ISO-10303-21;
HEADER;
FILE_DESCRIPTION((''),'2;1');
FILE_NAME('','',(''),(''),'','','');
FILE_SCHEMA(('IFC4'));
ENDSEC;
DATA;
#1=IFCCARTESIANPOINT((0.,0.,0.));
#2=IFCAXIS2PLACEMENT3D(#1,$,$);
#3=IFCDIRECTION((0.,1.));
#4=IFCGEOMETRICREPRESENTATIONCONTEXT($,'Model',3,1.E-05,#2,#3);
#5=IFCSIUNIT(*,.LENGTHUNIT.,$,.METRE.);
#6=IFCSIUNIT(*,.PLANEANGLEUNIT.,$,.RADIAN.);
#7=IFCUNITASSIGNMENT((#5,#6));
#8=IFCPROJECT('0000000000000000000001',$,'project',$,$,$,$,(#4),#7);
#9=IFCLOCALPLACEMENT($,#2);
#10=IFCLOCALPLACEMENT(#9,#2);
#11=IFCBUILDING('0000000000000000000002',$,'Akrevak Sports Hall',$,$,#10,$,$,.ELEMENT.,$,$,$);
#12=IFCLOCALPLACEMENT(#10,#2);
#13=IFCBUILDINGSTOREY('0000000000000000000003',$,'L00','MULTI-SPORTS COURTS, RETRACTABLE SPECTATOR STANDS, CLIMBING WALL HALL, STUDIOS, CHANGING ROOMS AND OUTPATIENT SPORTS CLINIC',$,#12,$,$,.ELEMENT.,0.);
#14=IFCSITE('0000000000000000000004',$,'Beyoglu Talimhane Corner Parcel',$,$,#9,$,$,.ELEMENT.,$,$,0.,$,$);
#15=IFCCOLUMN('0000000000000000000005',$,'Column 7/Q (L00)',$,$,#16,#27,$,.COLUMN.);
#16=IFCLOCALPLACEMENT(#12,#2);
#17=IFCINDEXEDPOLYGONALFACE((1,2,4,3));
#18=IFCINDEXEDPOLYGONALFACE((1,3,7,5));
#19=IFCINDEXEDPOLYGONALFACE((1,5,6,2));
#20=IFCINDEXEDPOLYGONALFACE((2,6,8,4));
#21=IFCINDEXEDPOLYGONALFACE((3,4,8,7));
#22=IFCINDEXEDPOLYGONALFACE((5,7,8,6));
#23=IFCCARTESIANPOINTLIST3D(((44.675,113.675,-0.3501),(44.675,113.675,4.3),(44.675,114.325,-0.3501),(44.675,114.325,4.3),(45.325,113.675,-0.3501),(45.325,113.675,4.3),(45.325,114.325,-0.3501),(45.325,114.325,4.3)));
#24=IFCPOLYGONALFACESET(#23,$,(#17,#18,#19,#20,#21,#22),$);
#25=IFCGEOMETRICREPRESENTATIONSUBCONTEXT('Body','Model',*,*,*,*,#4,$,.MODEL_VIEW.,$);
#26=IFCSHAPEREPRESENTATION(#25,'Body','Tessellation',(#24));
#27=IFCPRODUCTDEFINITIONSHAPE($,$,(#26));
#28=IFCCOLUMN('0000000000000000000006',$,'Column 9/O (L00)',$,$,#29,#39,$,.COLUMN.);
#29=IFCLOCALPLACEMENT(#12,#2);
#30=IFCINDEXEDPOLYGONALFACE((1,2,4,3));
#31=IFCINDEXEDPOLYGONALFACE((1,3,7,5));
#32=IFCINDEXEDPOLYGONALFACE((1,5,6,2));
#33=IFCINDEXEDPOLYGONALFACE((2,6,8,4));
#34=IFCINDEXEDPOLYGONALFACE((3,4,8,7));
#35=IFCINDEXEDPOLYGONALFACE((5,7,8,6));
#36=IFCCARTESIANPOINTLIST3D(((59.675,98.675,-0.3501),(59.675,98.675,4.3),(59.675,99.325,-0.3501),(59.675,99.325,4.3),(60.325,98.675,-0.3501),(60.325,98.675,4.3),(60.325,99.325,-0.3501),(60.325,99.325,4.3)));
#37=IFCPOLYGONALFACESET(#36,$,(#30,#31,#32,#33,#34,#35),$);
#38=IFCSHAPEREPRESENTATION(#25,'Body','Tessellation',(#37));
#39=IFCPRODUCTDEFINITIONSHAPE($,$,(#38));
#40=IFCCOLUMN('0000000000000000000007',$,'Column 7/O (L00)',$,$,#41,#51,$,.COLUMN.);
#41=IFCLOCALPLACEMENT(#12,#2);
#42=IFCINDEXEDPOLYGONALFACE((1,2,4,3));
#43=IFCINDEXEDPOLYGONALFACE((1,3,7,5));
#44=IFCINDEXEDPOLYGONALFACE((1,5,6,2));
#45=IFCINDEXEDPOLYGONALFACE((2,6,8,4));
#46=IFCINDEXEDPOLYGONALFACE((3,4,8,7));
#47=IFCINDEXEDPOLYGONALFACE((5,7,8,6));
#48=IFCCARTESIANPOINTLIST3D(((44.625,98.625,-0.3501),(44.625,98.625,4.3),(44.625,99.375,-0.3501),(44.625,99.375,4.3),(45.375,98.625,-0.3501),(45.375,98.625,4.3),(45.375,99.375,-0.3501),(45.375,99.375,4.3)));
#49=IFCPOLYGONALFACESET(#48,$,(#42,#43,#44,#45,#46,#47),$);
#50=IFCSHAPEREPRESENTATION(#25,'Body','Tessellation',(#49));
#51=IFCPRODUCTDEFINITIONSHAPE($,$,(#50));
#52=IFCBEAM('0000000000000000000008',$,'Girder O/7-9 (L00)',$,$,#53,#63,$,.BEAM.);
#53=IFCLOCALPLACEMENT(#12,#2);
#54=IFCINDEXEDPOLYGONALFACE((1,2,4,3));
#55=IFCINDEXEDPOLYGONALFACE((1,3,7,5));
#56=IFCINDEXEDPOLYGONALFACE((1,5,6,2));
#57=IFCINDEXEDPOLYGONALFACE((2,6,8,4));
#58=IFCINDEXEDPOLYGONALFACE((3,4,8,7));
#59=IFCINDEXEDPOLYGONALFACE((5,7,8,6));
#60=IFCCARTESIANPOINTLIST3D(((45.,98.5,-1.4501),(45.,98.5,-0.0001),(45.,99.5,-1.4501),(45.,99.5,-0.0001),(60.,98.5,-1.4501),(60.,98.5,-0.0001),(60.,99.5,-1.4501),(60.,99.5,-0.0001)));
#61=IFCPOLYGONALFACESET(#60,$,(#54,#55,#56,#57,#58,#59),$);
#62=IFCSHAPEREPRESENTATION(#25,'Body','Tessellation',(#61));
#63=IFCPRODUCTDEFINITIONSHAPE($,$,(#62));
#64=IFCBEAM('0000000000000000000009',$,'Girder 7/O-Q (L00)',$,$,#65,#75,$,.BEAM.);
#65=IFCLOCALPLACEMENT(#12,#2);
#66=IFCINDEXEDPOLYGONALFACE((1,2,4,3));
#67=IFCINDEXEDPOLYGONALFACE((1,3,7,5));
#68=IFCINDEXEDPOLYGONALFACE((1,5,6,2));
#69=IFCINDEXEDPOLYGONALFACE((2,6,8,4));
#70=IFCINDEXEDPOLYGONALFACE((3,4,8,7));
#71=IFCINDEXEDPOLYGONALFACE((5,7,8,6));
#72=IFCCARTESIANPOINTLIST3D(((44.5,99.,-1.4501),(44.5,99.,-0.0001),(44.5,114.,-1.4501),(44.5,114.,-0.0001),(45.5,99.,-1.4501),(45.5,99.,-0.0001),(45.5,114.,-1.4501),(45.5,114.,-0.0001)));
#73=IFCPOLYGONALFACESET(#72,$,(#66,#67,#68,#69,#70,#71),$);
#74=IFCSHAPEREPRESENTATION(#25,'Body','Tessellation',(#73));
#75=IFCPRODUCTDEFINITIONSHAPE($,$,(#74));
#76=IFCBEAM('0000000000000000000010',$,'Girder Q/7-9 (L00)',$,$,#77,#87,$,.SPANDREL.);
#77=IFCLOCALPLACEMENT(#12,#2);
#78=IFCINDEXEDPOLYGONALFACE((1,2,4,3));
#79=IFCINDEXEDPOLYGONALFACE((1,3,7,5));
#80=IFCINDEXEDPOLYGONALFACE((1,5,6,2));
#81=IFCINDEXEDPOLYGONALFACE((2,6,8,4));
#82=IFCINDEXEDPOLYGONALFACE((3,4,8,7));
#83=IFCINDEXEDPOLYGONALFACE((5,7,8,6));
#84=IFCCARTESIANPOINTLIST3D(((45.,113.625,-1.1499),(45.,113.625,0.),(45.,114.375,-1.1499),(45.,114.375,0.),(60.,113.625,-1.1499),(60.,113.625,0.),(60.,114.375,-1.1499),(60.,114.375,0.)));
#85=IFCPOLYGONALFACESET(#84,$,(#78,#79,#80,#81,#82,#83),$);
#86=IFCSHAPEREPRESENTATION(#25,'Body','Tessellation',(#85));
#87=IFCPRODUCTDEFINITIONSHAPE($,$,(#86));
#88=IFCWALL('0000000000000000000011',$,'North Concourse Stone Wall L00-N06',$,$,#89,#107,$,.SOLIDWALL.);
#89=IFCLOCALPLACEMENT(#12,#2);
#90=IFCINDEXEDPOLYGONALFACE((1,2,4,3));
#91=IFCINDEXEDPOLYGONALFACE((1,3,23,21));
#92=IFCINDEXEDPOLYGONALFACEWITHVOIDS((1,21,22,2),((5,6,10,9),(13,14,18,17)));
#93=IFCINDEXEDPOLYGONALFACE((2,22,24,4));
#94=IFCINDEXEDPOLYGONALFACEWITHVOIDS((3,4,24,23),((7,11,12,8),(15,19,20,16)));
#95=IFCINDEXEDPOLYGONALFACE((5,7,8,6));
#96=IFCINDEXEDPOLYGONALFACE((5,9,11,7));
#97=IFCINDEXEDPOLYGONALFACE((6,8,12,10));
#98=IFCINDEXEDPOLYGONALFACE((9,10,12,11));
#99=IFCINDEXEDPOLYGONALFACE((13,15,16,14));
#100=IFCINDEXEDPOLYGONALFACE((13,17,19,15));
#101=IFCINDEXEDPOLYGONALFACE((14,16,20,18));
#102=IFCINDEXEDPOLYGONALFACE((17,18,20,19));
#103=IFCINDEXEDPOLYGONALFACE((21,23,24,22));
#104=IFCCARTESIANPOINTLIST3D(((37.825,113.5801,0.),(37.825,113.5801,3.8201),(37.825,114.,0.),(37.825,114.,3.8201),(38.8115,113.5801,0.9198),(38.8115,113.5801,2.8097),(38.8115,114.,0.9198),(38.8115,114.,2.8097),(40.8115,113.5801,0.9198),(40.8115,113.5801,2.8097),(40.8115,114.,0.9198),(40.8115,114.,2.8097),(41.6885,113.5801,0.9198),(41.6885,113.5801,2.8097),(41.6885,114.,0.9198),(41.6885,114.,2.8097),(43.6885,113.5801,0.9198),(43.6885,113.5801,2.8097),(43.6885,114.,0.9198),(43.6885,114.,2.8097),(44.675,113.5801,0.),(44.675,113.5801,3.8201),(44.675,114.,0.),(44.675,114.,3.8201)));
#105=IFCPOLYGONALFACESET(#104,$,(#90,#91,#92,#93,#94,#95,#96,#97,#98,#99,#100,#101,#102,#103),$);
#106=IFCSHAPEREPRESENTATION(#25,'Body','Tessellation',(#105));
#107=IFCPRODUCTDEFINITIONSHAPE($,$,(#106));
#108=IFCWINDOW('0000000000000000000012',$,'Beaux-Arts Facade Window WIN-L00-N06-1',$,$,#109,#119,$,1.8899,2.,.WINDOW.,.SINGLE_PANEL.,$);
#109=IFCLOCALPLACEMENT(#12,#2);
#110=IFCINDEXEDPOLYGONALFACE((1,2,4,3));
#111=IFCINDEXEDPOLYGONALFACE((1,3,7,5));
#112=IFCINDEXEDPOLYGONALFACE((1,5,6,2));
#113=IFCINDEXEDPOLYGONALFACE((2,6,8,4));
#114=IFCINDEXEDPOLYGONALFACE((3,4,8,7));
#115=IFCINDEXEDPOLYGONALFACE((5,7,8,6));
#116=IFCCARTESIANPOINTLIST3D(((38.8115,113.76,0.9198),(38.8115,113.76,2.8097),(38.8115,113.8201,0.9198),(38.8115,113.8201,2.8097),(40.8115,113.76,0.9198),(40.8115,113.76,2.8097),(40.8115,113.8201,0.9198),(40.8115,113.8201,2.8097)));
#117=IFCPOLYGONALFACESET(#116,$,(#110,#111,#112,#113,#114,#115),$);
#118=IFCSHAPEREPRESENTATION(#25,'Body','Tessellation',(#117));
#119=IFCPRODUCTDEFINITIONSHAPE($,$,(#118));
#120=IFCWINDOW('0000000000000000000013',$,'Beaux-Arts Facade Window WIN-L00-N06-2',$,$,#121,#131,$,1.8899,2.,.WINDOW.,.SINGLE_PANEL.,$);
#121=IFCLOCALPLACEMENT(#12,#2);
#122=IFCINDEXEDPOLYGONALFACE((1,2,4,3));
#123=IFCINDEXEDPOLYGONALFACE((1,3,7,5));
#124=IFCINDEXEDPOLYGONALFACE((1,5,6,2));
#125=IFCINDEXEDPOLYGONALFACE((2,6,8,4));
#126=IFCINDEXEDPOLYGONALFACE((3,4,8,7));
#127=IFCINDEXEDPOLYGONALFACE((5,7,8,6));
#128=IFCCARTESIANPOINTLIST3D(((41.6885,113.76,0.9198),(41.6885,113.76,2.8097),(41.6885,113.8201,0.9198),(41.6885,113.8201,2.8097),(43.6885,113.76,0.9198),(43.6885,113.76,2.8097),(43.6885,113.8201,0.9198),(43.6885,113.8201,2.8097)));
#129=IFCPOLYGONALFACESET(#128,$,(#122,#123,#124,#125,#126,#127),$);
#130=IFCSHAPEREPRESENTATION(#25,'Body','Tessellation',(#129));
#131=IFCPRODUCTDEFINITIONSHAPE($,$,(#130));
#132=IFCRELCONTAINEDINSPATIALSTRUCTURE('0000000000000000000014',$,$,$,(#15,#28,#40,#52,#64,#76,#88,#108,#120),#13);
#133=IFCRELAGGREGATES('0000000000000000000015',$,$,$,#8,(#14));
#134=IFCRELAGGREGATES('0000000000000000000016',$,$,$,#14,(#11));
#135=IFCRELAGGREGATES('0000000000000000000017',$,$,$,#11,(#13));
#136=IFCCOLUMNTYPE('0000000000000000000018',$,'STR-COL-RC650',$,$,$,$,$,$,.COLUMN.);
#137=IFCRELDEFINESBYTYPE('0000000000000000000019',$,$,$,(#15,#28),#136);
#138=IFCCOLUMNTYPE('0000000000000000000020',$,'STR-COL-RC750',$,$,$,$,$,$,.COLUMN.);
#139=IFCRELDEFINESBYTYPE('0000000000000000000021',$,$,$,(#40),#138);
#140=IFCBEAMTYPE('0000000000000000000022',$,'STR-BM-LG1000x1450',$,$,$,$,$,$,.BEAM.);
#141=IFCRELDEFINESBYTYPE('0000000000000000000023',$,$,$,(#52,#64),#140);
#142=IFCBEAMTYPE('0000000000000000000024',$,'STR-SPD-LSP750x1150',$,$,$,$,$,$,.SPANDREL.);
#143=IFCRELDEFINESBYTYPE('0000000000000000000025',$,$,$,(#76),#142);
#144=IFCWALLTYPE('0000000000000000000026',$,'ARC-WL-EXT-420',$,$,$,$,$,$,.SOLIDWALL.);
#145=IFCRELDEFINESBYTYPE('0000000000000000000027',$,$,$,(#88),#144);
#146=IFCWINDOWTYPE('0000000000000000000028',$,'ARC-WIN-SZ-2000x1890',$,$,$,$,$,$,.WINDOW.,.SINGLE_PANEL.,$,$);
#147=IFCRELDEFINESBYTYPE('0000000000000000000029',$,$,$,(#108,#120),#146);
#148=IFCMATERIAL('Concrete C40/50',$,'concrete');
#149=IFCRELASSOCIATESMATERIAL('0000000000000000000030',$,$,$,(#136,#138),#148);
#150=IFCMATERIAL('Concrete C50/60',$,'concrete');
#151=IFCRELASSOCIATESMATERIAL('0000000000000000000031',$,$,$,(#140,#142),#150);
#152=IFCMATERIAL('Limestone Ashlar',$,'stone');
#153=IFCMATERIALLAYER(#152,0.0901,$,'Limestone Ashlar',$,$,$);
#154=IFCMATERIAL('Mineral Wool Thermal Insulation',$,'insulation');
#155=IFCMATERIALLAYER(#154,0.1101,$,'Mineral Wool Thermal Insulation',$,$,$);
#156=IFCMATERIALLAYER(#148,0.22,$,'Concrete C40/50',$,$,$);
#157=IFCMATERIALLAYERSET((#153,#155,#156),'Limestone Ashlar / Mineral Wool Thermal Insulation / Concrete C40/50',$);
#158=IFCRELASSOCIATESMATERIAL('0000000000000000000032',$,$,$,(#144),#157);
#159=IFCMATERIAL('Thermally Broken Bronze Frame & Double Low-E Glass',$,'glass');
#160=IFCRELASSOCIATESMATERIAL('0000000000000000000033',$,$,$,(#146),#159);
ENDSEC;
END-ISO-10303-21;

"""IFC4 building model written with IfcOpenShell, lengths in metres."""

from ifc_helpers import new_model, si_unit, direction, frame, frame_2d, origin, origin_2d, place, context, subcontext, project, spatial, rectangle, extrude, material, layer, layer_set, material_profile, profile_set, type_object, element, fill, save


model = new_model("IFC4")

# Units and contexts
model_context = context("Model", 3, precision=1e-05, world=origin(), true_north=direction((0.0, 1.0)))
body_context = subcontext(model_context, "Body", "Model", "MODEL_VIEW")
ifc_project = project(units=[si_unit("LENGTHUNIT", "METRE"), si_unit("PLANEANGLEUNIT", "RADIAN")], contexts=[model_context])

# Site, building, storey
site_placement = place(None, origin())
site = spatial("IfcSite", under=ifc_project, at=site_placement, Name="Beyoglu Talimhane Corner Parcel", CompositionType="ELEMENT", RefElevation=0.0)
building_placement = place(site_placement, origin())
building = spatial("IfcBuilding", under=site, at=building_placement, Name="Akrevak Sports Hall", CompositionType="ELEMENT")
storey_placement = place(building_placement, origin())
storey = spatial("IfcBuildingStorey", under=building, at=storey_placement, Name="L00", Description="MULTI-SPORTS COURTS, RETRACTABLE SPECTATOR STANDS, CLIMBING WALL HALL, STUDIOS, CHANGING ROOMS AND OUTPATIENT SPORTS CLINIC", CompositionType="ELEMENT", Elevation=0.0)

# Columns
ifc_material_1 = material(Name="Concrete C40/50", Category="concrete")
ifc_material_profile_1 = material_profile(ifc_material_1, rectangle(XDim=0.6499, YDim=0.6499, at=origin_2d()), Name="RC 650x650", Category="concrete")
ifc_profile_set_1 = profile_set([ifc_material_profile_1], Name="Concrete C40/50")
column_type_1 = type_object("IfcColumnType", Name="STR-COL-RC650", PredefinedType="COLUMN", material=ifc_profile_set_1)
for number, where, z_axis, x_axis, name in (
    (1, (45.0, 114.0, -0.3501), (0.0, 0.0, 1.0), (1.0, 0.0, 0.0), "Column 7/Q (L00)"),
    (2, (60.0, 99.0, -0.3501), (0.0, 0.0, 1.0), (1.0, 0.0, 0.0), "Column 9/O (L00)"),
):
    element("IfcColumn", number, at=place(storey_placement, frame(where, z_axis=z_axis, x_axis=x_axis)), inside=storey, type_object=column_type_1, Name=name, PredefinedType="COLUMN", context=body_context, shape_type="SweptSolid", body=[
        extrude(rectangle(XDim=0.6499, YDim=0.6499, at=origin_2d()), origin(), (0.0, 0.0, 1.0), 4.6501),
    ])
ifc_material_profile_2 = material_profile(ifc_material_1, rectangle(XDim=0.75, YDim=0.75, at=origin_2d()), Name="RC 750x750", Category="concrete")
ifc_profile_set_2 = profile_set([ifc_material_profile_2], Name="Concrete C40/50")
column_type_2 = type_object("IfcColumnType", Name="STR-COL-RC750", PredefinedType="COLUMN", material=ifc_profile_set_2)
column_placement = place(storey_placement, frame((45.0, 99.0, -0.3501), z_axis=(0.0, 0.0, 1.0), x_axis=(1.0, 0.0, 0.0)))
element("IfcColumn", 3, at=column_placement, inside=storey, type_object=column_type_2, Name="Column 7/O (L00)", PredefinedType="COLUMN", context=body_context, shape_type="SweptSolid", body=[
    extrude(rectangle(XDim=0.75, YDim=0.75, at=origin_2d()), origin(), (0.0, 0.0, 1.0), 4.6501),
])

# Beams
ifc_material_2 = material(Name="Concrete C50/60", Category="concrete")
ifc_material_profile_3 = material_profile(ifc_material_2, rectangle(XDim=1.0, YDim=1.45, at=origin_2d()), Name="BM 1000x1450", Category="concrete")
ifc_profile_set_3 = profile_set([ifc_material_profile_3], Name="Concrete C50/60")
beam_type_1 = type_object("IfcBeamType", Name="STR-BM-LG1000x1450", PredefinedType="BEAM", material=ifc_profile_set_3)
for number, where, z_axis, x_axis, name in (
    (4, (45.0, 99.0, -0.7251), (1.0, 0.0, 0.0), (0.0, 1.0, 0.0), "Girder O/7-9 (L00)"),
    (5, (45.0, 99.0, -0.7251), (0.0, 1.0, 0.0), (-1.0, 0.0, 0.0), "Girder 7/O-Q (L00)"),
):
    element("IfcBeam", number, at=place(storey_placement, frame(where, z_axis=z_axis, x_axis=x_axis)), inside=storey, type_object=beam_type_1, Name=name, PredefinedType="BEAM", context=body_context, shape_type="SweptSolid", body=[
        extrude(rectangle(XDim=1.0, YDim=1.45, at=origin_2d()), origin(), (0.0, 0.0, 1.0), 15.0),
    ])
ifc_material_profile_4 = material_profile(ifc_material_2, rectangle(XDim=0.75, YDim=1.1499, at=origin_2d()), Name="SPD 750x1150", Category="concrete")
ifc_profile_set_4 = profile_set([ifc_material_profile_4], Name="Concrete C50/60")
beam_type_2 = type_object("IfcBeamType", Name="STR-SPD-LSP750x1150", PredefinedType="SPANDREL", material=ifc_profile_set_4)
beam_placement = place(storey_placement, frame((45.0, 114.0, -0.575), z_axis=(1.0, 0.0, 0.0), x_axis=(0.0, 1.0, 0.0)))
element("IfcBeam", 6, at=beam_placement, inside=storey, type_object=beam_type_2, Name="Girder Q/7-9 (L00)", PredefinedType="SPANDREL", context=body_context, shape_type="SweptSolid", body=[
    extrude(rectangle(XDim=0.75, YDim=1.1499, at=origin_2d()), origin(), (0.0, 0.0, 1.0), 15.0),
])

# Wall, openings, windows
ifc_material_3 = material(Name="Limestone Ashlar", Category="stone")
ifc_layer_1 = layer(ifc_material_3, 0.0901, Name="Limestone Ashlar")
ifc_material_4 = material(Name="Mineral Wool Thermal Insulation", Category="insulation")
ifc_layer_2 = layer(ifc_material_4, 0.1101, Name="Mineral Wool Thermal Insulation")
ifc_layer_3 = layer(ifc_material_1, 0.22, Name="Concrete C40/50")
ifc_layer_set_1 = layer_set([ifc_layer_1, ifc_layer_2, ifc_layer_3], Name="Limestone Ashlar / Mineral Wool Thermal Insulation / Concrete C40/50")
wall_type_1 = type_object("IfcWallType", Name="ARC-WL-EXT-420", PredefinedType="SOLIDWALL", material=ifc_layer_set_1)
wall_1_placement = place(storey_placement, frame((44.675, 113.79, 0.0), z_axis=(0.0, 0.0, 1.0), x_axis=(-1.0, 0.0, 0.0)))
wall_1 = element("IfcWall", 7, at=wall_1_placement, inside=storey, type_object=wall_type_1, Name="North Concourse Stone Wall L00-N06", PredefinedType="SOLIDWALL", context=body_context, shape_type="SweptSolid", body=[
    extrude(rectangle(XDim=6.8501, YDim=0.4199, at=frame_2d((3.425, 0.0))), origin(), (0.0, 0.0, 1.0), 3.8201),
])
opening_1_placement = place(wall_1_placement, frame((3.8635, 0.0, 0.9199)))
opening_1 = element("IfcOpeningElement", 8, at=opening_1_placement, cuts=wall_1, PredefinedType="OPENING", context=body_context, shape_type="SweptSolid", body=[
    extrude(rectangle(XDim=2.0, YDim=1.8899, at=frame_2d((1.0, 0.9448))), frame((0.0, 0.2219, 0.0), z_axis=(0.0, -1.0, 0.0), x_axis=(1.0, 0.0, 0.0)), (0.0, 0.0, 1.0), 0.4438),
])
opening_2_placement = place(wall_1_placement, frame((0.9866, 0.0, 0.9199)))
opening_2 = element("IfcOpeningElement", 9, at=opening_2_placement, cuts=wall_1, PredefinedType="OPENING", context=body_context, shape_type="SweptSolid", body=[
    extrude(rectangle(XDim=2.0, YDim=1.8899, at=frame_2d((1.0, 0.9448))), frame((0.0, 0.2219, 0.0), z_axis=(0.0, -1.0, 0.0), x_axis=(1.0, 0.0, 0.0)), (0.0, 0.0, 1.0), 0.4438),
])
ifc_material_5 = material(Name="Thermally Broken Bronze Frame & Double Low-E Glass", Category="glass")
window_type = type_object("IfcWindowType", Name="ARC-WIN-SZ-2000x1890", PartitioningType="SINGLE_PANEL", PredefinedType="WINDOW", material=ifc_material_5)
window_1_placement = place(opening_1_placement, origin())
window_1 = element("IfcWindow", 10, at=window_1_placement, inside=storey, type_object=window_type, Name="Beaux-Arts Facade Window WIN-L00-N06-1", OverallHeight=1.8899, OverallWidth=2.0, PartitioningType="SINGLE_PANEL", PredefinedType="WINDOW", context=body_context, shape_type="SweptSolid", body=[
    extrude(rectangle(XDim=2.0, YDim=1.8899, at=frame_2d((1.0, 0.9448))), frame((0.0, 0.03, 0.0), z_axis=(0.0, -1.0, 0.0), x_axis=(1.0, 0.0, 0.0)), (0.0, 0.0, 1.0), 0.0601),
])
fill(opening_1, window_1)
window_2_placement = place(opening_2_placement, origin())
window_2 = element("IfcWindow", 11, at=window_2_placement, inside=storey, type_object=window_type, Name="Beaux-Arts Facade Window WIN-L00-N06-2", OverallHeight=1.8899, OverallWidth=2.0, PartitioningType="SINGLE_PANEL", PredefinedType="WINDOW", context=body_context, shape_type="SweptSolid", body=[
    extrude(rectangle(XDim=2.0, YDim=1.8899, at=frame_2d((1.0, 0.9448))), frame((0.0, 0.03, 0.0), z_axis=(0.0, -1.0, 0.0), x_axis=(1.0, 0.0, 0.0)), (0.0, 0.0, 1.0), 0.0601),
])
fill(opening_2, window_2)

save(model, "model.ifc")
